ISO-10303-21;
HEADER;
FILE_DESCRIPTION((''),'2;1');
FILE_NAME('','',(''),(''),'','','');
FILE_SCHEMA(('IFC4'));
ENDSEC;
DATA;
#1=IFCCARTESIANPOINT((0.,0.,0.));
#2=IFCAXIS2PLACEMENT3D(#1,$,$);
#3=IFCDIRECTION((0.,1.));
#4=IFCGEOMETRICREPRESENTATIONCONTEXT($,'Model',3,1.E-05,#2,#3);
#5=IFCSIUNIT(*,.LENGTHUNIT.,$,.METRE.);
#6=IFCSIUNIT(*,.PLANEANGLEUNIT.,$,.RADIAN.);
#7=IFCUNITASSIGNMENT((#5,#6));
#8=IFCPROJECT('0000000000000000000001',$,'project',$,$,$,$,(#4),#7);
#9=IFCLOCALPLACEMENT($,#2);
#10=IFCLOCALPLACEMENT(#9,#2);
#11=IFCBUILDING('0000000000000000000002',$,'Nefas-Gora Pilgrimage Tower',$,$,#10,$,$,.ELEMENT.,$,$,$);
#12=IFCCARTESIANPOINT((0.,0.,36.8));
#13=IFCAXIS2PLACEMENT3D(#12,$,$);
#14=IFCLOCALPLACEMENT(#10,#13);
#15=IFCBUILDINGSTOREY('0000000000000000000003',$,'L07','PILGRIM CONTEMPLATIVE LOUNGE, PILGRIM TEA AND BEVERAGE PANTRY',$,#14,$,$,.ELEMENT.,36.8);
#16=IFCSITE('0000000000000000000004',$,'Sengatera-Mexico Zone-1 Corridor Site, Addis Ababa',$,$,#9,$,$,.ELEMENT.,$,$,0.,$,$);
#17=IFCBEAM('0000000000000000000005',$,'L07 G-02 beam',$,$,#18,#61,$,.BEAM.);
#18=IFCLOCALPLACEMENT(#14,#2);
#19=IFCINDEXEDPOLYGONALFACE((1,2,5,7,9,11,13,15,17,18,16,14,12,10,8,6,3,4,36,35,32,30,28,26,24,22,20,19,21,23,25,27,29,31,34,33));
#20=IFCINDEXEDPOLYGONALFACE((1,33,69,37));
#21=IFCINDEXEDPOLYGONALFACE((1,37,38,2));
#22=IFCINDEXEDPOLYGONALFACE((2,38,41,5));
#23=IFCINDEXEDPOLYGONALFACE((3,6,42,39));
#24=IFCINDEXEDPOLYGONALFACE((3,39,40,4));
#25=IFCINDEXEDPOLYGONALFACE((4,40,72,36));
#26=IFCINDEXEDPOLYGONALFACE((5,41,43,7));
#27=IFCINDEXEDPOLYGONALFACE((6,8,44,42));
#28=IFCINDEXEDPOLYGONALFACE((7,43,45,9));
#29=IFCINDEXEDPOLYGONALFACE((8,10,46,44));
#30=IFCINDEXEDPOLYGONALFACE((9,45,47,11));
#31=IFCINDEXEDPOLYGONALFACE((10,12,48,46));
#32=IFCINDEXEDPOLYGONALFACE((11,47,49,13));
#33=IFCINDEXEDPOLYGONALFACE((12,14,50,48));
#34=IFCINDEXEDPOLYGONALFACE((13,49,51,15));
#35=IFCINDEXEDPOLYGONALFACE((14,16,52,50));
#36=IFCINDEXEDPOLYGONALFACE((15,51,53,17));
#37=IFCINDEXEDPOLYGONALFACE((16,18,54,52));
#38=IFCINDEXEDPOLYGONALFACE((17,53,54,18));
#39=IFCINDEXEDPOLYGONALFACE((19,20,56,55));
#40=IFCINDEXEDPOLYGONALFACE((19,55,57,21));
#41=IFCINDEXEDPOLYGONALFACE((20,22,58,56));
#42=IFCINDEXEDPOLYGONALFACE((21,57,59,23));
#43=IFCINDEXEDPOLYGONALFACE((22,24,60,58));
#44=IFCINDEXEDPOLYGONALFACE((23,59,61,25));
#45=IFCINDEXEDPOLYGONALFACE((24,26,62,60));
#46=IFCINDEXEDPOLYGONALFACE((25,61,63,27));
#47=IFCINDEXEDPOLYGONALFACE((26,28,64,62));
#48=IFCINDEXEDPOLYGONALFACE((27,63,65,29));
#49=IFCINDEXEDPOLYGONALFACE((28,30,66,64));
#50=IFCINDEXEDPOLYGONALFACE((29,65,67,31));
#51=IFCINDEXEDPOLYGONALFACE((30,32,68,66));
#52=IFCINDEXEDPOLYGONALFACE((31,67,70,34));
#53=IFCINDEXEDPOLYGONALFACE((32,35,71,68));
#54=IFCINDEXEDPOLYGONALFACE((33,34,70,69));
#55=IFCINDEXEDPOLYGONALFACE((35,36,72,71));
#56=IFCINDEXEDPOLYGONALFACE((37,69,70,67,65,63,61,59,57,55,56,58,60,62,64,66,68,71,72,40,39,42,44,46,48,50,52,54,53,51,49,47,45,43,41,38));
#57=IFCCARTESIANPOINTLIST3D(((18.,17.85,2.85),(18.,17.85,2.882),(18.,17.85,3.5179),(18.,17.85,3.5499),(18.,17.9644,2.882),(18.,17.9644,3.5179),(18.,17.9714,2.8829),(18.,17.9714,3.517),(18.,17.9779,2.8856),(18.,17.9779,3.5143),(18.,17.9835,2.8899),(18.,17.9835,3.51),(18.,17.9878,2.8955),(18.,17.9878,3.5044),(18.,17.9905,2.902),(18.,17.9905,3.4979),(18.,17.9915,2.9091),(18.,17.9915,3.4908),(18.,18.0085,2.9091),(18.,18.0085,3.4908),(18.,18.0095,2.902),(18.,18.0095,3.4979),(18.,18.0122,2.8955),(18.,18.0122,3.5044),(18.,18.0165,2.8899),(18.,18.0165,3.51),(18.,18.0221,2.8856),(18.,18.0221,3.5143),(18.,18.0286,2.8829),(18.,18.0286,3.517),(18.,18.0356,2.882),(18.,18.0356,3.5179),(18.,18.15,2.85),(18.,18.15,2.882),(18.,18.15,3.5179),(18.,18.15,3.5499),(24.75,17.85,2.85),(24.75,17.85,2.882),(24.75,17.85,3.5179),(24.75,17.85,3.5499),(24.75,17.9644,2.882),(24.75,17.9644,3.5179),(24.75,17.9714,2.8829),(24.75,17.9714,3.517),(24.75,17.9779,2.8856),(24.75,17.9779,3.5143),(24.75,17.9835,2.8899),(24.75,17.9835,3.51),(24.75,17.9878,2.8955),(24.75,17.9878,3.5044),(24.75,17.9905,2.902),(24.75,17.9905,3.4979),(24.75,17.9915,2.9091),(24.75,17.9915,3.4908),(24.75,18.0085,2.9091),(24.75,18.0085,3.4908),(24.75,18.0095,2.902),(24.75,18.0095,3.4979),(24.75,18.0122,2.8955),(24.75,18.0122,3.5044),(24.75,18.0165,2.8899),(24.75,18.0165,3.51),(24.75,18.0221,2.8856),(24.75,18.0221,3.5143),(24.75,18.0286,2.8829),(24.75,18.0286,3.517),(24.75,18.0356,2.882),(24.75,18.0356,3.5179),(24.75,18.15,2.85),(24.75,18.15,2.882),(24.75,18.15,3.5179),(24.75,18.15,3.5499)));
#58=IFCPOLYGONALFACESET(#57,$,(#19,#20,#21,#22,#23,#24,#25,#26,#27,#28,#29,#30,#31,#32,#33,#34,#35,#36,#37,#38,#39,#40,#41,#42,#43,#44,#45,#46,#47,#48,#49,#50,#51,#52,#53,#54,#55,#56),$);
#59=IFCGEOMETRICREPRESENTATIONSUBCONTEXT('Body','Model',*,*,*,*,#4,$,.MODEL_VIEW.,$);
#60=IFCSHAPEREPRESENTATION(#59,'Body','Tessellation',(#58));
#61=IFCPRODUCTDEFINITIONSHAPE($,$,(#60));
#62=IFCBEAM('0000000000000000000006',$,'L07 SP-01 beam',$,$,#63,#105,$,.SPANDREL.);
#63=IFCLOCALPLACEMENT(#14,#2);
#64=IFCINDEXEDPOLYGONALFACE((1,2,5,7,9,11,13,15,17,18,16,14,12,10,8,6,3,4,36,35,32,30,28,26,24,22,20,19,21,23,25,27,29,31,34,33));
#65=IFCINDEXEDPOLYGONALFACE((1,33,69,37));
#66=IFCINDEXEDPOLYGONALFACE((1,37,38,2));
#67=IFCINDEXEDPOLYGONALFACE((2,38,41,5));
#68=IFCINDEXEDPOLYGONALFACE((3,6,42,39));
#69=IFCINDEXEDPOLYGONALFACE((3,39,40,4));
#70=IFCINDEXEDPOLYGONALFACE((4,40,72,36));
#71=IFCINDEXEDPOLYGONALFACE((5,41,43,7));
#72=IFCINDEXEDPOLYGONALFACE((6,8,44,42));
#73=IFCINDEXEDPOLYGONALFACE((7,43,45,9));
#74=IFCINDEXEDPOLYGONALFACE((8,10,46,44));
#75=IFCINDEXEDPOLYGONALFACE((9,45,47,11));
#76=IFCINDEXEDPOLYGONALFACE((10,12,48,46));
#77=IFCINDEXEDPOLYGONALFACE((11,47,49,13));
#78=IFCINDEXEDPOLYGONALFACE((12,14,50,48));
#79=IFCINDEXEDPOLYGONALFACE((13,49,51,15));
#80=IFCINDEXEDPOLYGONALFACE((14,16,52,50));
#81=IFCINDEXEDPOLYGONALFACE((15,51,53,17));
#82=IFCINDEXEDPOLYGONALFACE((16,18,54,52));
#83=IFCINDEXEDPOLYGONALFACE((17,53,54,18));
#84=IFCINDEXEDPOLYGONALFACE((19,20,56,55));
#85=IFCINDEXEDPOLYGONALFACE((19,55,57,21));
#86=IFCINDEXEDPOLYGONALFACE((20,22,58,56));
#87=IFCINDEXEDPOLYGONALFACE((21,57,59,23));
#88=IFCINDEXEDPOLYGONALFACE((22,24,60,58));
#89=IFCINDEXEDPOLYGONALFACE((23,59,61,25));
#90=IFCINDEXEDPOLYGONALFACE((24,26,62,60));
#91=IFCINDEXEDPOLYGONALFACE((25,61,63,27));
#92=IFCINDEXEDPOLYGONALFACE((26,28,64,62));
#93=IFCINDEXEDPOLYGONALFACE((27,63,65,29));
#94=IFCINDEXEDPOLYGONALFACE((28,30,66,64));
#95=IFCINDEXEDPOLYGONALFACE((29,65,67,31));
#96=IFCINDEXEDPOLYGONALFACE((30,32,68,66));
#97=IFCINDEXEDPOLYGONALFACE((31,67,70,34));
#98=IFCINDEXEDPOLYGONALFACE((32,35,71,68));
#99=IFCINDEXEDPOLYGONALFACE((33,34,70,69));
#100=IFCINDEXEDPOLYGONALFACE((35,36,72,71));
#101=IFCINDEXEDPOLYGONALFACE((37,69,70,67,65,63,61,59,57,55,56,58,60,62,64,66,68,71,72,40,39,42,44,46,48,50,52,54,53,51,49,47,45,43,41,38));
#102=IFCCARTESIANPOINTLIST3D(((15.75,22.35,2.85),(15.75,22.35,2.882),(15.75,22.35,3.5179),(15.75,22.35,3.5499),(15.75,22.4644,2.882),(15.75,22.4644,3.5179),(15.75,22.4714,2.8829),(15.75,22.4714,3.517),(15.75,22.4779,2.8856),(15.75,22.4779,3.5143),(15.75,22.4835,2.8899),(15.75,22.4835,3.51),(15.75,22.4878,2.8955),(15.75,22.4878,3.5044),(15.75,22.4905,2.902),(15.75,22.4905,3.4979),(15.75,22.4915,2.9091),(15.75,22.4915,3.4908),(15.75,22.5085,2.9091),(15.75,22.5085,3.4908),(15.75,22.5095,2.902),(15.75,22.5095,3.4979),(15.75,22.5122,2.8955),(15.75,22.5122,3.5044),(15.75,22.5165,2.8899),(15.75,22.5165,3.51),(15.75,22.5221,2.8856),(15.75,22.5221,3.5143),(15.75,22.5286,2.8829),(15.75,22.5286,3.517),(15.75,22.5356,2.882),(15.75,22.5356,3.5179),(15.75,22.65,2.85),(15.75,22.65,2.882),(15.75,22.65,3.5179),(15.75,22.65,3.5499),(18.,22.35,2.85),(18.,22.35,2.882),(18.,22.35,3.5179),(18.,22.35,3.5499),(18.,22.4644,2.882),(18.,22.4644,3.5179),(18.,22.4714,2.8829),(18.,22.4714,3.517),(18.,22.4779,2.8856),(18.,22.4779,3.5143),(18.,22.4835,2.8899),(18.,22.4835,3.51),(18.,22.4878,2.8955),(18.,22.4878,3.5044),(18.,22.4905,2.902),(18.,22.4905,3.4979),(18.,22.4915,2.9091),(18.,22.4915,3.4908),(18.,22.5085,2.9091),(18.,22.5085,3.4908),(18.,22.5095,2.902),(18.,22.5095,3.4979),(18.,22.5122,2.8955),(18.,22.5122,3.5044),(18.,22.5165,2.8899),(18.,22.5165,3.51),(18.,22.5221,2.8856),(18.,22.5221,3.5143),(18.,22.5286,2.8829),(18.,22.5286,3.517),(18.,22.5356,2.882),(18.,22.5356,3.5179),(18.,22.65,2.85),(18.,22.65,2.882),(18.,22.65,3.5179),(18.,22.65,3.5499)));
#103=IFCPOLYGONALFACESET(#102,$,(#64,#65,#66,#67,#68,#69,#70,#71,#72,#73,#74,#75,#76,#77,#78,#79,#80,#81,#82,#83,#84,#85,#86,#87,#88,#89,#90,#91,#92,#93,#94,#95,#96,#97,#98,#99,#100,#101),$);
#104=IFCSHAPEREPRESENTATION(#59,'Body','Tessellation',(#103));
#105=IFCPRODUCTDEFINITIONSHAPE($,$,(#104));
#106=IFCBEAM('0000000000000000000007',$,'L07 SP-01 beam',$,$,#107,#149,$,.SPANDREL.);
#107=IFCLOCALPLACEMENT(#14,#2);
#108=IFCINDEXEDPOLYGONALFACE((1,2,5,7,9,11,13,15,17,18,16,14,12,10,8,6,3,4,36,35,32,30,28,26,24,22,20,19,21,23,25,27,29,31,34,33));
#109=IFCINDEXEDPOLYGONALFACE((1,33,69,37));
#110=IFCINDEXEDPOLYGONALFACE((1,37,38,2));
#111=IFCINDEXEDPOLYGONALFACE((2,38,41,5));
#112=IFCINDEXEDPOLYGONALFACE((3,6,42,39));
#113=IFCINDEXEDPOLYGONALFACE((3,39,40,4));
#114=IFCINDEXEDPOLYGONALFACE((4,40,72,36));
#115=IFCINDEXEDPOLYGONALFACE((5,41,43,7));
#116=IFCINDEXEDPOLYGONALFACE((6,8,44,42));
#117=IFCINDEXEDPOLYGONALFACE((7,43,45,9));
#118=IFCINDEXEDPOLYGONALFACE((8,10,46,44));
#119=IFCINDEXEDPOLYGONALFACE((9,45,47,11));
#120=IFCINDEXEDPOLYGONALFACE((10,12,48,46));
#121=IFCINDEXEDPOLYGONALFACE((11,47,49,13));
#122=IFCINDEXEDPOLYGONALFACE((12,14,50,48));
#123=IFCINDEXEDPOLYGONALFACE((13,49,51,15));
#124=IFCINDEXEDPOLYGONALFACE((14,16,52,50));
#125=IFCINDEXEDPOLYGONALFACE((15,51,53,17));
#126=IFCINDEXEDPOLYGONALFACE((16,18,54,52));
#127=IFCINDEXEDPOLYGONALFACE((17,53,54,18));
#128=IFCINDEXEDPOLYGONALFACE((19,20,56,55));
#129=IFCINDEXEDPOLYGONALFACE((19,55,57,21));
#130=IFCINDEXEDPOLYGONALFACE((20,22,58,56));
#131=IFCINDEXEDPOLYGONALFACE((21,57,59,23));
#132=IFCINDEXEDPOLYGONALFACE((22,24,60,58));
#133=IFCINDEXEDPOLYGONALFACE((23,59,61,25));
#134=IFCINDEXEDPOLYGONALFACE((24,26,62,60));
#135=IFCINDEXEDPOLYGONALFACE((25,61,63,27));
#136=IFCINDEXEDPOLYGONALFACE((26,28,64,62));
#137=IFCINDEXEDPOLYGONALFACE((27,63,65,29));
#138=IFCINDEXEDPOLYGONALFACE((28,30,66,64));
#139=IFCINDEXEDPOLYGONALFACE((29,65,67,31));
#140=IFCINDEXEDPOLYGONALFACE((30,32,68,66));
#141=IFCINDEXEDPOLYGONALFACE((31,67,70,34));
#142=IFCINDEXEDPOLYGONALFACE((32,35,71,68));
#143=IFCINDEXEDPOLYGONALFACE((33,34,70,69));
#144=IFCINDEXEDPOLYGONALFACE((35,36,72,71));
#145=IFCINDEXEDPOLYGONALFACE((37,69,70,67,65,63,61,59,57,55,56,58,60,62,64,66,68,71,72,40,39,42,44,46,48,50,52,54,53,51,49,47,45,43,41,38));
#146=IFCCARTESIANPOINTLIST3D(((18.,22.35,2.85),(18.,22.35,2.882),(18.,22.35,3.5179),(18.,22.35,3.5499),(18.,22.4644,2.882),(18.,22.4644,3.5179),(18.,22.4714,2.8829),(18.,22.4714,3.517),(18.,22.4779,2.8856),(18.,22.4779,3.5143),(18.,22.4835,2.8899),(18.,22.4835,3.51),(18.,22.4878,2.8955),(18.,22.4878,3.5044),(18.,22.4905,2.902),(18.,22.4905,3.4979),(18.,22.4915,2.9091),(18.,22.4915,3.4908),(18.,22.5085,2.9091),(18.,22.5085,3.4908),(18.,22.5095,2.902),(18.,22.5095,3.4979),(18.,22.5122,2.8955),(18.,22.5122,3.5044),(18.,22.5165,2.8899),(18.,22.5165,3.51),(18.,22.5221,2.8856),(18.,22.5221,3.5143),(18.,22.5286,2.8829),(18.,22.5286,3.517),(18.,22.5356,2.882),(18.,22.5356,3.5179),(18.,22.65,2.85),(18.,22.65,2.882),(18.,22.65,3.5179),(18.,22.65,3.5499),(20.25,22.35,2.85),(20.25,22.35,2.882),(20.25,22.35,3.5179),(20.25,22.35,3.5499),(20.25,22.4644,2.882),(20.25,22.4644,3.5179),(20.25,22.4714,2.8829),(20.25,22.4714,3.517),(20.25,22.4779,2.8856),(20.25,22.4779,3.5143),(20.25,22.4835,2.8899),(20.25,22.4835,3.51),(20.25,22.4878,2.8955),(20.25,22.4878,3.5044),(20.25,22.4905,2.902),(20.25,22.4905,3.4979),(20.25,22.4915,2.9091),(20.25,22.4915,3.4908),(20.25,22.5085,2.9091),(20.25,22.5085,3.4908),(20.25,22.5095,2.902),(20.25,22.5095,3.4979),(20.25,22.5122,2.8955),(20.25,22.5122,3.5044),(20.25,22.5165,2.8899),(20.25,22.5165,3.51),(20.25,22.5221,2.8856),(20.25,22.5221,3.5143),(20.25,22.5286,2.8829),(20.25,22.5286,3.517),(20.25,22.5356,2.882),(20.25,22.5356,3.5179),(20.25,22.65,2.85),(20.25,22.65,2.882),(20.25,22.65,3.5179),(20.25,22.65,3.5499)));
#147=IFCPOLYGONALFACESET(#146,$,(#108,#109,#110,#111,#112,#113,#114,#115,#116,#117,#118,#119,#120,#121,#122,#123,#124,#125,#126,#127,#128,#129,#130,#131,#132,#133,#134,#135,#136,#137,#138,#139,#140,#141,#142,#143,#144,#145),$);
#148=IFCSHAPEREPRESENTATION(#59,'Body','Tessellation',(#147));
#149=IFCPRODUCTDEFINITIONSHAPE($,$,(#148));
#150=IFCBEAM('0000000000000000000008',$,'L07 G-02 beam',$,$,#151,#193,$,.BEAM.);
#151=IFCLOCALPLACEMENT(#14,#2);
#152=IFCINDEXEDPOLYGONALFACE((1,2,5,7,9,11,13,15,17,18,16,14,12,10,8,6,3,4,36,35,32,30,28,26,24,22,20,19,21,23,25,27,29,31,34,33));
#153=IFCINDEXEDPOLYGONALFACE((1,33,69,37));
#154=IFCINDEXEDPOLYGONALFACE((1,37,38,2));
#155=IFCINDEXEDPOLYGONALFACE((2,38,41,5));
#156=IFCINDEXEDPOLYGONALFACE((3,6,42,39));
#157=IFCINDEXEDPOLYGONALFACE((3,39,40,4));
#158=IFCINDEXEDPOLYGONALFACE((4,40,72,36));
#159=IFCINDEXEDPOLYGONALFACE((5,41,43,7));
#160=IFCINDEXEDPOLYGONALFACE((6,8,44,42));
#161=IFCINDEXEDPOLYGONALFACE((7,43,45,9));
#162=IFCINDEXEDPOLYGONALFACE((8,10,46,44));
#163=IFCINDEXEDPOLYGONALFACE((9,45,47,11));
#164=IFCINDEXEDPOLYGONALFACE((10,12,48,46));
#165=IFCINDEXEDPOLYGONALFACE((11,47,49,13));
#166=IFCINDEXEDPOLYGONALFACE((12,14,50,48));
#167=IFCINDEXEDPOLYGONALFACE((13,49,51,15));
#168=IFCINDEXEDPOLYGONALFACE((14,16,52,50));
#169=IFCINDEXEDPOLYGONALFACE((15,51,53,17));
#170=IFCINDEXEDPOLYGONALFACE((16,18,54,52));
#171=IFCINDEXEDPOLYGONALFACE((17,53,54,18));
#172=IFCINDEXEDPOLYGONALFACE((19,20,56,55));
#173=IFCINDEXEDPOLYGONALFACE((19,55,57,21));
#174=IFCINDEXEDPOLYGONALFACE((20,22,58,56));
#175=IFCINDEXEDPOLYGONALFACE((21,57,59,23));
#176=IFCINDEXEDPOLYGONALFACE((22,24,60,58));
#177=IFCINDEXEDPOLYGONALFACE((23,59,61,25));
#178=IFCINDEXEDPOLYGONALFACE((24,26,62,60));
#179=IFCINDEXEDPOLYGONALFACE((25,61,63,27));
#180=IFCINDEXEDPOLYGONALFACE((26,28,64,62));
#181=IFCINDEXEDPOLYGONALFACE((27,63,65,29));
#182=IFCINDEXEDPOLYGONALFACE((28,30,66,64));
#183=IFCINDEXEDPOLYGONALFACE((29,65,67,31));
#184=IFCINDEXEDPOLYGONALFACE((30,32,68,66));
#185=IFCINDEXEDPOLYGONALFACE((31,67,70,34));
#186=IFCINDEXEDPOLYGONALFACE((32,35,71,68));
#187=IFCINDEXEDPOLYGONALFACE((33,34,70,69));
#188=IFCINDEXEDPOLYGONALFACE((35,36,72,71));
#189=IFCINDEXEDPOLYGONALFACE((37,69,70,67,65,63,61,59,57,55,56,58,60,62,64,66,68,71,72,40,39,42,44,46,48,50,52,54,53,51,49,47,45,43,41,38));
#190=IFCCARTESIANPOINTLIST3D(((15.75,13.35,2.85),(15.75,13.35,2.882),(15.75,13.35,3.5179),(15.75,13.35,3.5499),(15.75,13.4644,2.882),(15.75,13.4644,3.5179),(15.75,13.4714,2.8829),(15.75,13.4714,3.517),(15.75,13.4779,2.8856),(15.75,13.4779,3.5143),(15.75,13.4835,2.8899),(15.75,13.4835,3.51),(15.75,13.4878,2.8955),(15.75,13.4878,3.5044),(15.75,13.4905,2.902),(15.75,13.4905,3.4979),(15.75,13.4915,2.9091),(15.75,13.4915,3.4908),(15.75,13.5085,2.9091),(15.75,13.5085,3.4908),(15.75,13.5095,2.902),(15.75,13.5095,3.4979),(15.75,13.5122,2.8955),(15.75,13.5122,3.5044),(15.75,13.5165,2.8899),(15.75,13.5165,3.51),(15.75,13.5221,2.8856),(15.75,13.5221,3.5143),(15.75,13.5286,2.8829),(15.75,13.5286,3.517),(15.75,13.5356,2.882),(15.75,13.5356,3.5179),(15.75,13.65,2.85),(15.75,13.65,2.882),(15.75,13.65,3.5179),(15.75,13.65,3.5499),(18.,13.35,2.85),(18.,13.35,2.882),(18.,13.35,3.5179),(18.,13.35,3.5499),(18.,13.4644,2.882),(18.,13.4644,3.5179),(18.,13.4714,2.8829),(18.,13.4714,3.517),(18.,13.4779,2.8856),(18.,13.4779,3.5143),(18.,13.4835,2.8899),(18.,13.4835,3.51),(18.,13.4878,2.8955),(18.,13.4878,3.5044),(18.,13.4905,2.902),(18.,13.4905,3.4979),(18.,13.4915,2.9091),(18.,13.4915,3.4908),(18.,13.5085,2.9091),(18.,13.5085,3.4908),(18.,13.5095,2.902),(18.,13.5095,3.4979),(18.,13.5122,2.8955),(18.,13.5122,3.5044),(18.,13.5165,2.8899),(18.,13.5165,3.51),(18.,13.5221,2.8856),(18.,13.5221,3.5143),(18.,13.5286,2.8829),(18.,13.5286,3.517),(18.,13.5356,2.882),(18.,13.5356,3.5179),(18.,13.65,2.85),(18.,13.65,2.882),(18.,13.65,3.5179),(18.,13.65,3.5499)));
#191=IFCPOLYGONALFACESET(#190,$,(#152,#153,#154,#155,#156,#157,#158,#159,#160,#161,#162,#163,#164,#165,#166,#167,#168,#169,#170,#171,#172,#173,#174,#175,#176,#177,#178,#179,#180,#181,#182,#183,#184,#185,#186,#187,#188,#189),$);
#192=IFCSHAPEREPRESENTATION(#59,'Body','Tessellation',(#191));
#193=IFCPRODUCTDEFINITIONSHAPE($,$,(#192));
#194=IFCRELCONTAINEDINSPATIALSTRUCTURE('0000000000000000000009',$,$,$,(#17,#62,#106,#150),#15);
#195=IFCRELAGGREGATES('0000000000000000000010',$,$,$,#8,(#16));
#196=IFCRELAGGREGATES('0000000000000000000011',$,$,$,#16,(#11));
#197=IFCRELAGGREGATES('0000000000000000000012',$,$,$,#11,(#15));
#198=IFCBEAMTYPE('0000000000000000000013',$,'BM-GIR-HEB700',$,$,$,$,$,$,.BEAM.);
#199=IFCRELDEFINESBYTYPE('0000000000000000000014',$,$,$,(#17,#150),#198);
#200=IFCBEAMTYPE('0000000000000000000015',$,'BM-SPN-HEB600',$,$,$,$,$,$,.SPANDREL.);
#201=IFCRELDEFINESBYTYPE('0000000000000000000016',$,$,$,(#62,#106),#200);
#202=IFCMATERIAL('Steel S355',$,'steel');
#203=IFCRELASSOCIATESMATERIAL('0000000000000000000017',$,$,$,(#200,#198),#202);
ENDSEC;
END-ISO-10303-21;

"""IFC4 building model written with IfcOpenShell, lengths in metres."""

from ifc_helpers import new_model, si_unit, direction, frame, origin, origin_2d, place, context, subcontext, project, spatial, i_section, extrude, source, transform, mapped, material, material_profile, profile_set, type_object, element, save


model = new_model("IFC4")

# Units and contexts
model_context = context("Model", 3, precision=1e-05, world=origin(), true_north=direction((0.0, 1.0)))
body_context = subcontext(model_context, "Body", "Model", "MODEL_VIEW")
ifc_project = project(units=[si_unit("LENGTHUNIT", "METRE"), si_unit("PLANEANGLEUNIT", "RADIAN")], contexts=[model_context])

# Site, building, storey
site_placement = place(None, origin())
site = spatial("IfcSite", under=ifc_project, at=site_placement, Name="Sengatera-Mexico Zone-1 Corridor Site, Addis Ababa", CompositionType="ELEMENT", RefElevation=0.0)
building_placement = place(site_placement, origin())
building = spatial("IfcBuilding", under=site, at=building_placement, Name="Nefas-Gora Pilgrimage Tower", CompositionType="ELEMENT")
storey_placement = place(building_placement, frame((0.0, 0.0, 36.8)))
storey = spatial("IfcBuildingStorey", under=building, at=storey_placement, Name="L07", Description="PILGRIM CONTEMPLATIVE LOUNGE, PILGRIM TEA AND BEVERAGE PANTRY", CompositionType="ELEMENT", Elevation=36.8)

# Beams
ifc_material_1 = material(Name="Steel S355", Category="steel")
ifc_material_profile_1 = material_profile(ifc_material_1, i_section(OverallWidth=0.3, OverallDepth=0.7, WebThickness=0.0171, FlangeThickness=0.032, FilletRadius=0.0271, at=origin_2d()), Name="HEB 700")
ifc_profile_set_1 = profile_set([ifc_material_profile_1], Name="Steel S355")
beam_type_1 = type_object("IfcBeamType", Name="BM-SPN-HEB600", PredefinedType="SPANDREL", material=ifc_profile_set_1)
ifc_material_profile_2 = material_profile(ifc_material_1, i_section(OverallWidth=0.3, OverallDepth=0.7, WebThickness=0.0171, FlangeThickness=0.032, FilletRadius=0.0271, at=origin_2d()), Name="HEB 700")
ifc_profile_set_2 = profile_set([ifc_material_profile_2], Name="Steel S355")
beam_type_2 = type_object("IfcBeamType", Name="BM-GIR-HEB700", PredefinedType="BEAM", material=ifc_profile_set_2)
shared_shape_1 = source(origin(), body_context, "Body", "SweptSolid", [
    extrude(i_section(OverallWidth=0.3, OverallDepth=0.7, WebThickness=0.0171, FlangeThickness=0.032, FilletRadius=0.0271, at=origin_2d()), origin(), (0.0, 0.0, 1.0), 6.75),
])
for number, where, z_axis, x_axis, name in (
    (1, (18.0, 18.0, 3.2), (1.0, 0.0, 0.0), (0.0, 1.0, 0.0), "L07 G-02 beam"),
):
    element("IfcBeam", number, at=place(storey_placement, frame(where, z_axis=z_axis, x_axis=x_axis)), inside=storey, type_object=beam_type_2, Name=name, PredefinedType="BEAM", context=body_context, shape_type="MappedRepresentation", body=[
        mapped(shared_shape_1, transform((0.0, 0.0, 0.0), x_axis=(1.0, 0.0, 0.0), y_axis=(0.0, 1.0, 0.0), z_axis=(0.0, 0.0, 1.0), scale=1.0)),
    ])
shared_shape_2 = source(origin(), body_context, "Body", "SweptSolid", [
    extrude(i_section(OverallWidth=0.3, OverallDepth=0.7, WebThickness=0.0171, FlangeThickness=0.032, FilletRadius=0.0271, at=origin_2d()), origin(), (0.0, 0.0, 1.0), 2.25),
])
for number, where, z_axis, x_axis, name in (
    (2, (15.75, 22.5, 3.2), (1.0, 0.0, 0.0), (0.0, 1.0, 0.0), "L07 SP-01 beam"),
    (3, (18.0, 22.5, 3.2), (1.0, 0.0, 0.0), (0.0, 1.0, 0.0), "L07 SP-01 beam"),
):
    element("IfcBeam", number, at=place(storey_placement, frame(where, z_axis=z_axis, x_axis=x_axis)), inside=storey, type_object=beam_type_1, Name=name, PredefinedType="SPANDREL", context=body_context, shape_type="MappedRepresentation", body=[
        mapped(shared_shape_2, transform((0.0, 0.0, 0.0), x_axis=(1.0, 0.0, 0.0), y_axis=(0.0, 1.0, 0.0), z_axis=(0.0, 0.0, 1.0), scale=1.0)),
    ])
shared_shape_3 = source(origin(), body_context, "Body", "SweptSolid", [
    extrude(i_section(OverallWidth=0.3, OverallDepth=0.7, WebThickness=0.0171, FlangeThickness=0.032, FilletRadius=0.0271, at=origin_2d()), origin(), (0.0, 0.0, 1.0), 2.25),
])
beam_1_placement = place(storey_placement, frame((15.75, 13.5, 3.2), z_axis=(1.0, 0.0, 0.0), x_axis=(0.0, 1.0, 0.0)))
element("IfcBeam", 4, at=beam_1_placement, inside=storey, type_object=beam_type_2, Name="L07 G-02 beam", PredefinedType="BEAM", context=body_context, shape_type="MappedRepresentation", body=[
    mapped(shared_shape_3, transform((0.0, 0.0, 0.0), x_axis=(1.0, 0.0, 0.0), y_axis=(0.0, 1.0, 0.0), z_axis=(0.0, 0.0, 1.0), scale=1.0)),
])

save(model, "model.ifc")
